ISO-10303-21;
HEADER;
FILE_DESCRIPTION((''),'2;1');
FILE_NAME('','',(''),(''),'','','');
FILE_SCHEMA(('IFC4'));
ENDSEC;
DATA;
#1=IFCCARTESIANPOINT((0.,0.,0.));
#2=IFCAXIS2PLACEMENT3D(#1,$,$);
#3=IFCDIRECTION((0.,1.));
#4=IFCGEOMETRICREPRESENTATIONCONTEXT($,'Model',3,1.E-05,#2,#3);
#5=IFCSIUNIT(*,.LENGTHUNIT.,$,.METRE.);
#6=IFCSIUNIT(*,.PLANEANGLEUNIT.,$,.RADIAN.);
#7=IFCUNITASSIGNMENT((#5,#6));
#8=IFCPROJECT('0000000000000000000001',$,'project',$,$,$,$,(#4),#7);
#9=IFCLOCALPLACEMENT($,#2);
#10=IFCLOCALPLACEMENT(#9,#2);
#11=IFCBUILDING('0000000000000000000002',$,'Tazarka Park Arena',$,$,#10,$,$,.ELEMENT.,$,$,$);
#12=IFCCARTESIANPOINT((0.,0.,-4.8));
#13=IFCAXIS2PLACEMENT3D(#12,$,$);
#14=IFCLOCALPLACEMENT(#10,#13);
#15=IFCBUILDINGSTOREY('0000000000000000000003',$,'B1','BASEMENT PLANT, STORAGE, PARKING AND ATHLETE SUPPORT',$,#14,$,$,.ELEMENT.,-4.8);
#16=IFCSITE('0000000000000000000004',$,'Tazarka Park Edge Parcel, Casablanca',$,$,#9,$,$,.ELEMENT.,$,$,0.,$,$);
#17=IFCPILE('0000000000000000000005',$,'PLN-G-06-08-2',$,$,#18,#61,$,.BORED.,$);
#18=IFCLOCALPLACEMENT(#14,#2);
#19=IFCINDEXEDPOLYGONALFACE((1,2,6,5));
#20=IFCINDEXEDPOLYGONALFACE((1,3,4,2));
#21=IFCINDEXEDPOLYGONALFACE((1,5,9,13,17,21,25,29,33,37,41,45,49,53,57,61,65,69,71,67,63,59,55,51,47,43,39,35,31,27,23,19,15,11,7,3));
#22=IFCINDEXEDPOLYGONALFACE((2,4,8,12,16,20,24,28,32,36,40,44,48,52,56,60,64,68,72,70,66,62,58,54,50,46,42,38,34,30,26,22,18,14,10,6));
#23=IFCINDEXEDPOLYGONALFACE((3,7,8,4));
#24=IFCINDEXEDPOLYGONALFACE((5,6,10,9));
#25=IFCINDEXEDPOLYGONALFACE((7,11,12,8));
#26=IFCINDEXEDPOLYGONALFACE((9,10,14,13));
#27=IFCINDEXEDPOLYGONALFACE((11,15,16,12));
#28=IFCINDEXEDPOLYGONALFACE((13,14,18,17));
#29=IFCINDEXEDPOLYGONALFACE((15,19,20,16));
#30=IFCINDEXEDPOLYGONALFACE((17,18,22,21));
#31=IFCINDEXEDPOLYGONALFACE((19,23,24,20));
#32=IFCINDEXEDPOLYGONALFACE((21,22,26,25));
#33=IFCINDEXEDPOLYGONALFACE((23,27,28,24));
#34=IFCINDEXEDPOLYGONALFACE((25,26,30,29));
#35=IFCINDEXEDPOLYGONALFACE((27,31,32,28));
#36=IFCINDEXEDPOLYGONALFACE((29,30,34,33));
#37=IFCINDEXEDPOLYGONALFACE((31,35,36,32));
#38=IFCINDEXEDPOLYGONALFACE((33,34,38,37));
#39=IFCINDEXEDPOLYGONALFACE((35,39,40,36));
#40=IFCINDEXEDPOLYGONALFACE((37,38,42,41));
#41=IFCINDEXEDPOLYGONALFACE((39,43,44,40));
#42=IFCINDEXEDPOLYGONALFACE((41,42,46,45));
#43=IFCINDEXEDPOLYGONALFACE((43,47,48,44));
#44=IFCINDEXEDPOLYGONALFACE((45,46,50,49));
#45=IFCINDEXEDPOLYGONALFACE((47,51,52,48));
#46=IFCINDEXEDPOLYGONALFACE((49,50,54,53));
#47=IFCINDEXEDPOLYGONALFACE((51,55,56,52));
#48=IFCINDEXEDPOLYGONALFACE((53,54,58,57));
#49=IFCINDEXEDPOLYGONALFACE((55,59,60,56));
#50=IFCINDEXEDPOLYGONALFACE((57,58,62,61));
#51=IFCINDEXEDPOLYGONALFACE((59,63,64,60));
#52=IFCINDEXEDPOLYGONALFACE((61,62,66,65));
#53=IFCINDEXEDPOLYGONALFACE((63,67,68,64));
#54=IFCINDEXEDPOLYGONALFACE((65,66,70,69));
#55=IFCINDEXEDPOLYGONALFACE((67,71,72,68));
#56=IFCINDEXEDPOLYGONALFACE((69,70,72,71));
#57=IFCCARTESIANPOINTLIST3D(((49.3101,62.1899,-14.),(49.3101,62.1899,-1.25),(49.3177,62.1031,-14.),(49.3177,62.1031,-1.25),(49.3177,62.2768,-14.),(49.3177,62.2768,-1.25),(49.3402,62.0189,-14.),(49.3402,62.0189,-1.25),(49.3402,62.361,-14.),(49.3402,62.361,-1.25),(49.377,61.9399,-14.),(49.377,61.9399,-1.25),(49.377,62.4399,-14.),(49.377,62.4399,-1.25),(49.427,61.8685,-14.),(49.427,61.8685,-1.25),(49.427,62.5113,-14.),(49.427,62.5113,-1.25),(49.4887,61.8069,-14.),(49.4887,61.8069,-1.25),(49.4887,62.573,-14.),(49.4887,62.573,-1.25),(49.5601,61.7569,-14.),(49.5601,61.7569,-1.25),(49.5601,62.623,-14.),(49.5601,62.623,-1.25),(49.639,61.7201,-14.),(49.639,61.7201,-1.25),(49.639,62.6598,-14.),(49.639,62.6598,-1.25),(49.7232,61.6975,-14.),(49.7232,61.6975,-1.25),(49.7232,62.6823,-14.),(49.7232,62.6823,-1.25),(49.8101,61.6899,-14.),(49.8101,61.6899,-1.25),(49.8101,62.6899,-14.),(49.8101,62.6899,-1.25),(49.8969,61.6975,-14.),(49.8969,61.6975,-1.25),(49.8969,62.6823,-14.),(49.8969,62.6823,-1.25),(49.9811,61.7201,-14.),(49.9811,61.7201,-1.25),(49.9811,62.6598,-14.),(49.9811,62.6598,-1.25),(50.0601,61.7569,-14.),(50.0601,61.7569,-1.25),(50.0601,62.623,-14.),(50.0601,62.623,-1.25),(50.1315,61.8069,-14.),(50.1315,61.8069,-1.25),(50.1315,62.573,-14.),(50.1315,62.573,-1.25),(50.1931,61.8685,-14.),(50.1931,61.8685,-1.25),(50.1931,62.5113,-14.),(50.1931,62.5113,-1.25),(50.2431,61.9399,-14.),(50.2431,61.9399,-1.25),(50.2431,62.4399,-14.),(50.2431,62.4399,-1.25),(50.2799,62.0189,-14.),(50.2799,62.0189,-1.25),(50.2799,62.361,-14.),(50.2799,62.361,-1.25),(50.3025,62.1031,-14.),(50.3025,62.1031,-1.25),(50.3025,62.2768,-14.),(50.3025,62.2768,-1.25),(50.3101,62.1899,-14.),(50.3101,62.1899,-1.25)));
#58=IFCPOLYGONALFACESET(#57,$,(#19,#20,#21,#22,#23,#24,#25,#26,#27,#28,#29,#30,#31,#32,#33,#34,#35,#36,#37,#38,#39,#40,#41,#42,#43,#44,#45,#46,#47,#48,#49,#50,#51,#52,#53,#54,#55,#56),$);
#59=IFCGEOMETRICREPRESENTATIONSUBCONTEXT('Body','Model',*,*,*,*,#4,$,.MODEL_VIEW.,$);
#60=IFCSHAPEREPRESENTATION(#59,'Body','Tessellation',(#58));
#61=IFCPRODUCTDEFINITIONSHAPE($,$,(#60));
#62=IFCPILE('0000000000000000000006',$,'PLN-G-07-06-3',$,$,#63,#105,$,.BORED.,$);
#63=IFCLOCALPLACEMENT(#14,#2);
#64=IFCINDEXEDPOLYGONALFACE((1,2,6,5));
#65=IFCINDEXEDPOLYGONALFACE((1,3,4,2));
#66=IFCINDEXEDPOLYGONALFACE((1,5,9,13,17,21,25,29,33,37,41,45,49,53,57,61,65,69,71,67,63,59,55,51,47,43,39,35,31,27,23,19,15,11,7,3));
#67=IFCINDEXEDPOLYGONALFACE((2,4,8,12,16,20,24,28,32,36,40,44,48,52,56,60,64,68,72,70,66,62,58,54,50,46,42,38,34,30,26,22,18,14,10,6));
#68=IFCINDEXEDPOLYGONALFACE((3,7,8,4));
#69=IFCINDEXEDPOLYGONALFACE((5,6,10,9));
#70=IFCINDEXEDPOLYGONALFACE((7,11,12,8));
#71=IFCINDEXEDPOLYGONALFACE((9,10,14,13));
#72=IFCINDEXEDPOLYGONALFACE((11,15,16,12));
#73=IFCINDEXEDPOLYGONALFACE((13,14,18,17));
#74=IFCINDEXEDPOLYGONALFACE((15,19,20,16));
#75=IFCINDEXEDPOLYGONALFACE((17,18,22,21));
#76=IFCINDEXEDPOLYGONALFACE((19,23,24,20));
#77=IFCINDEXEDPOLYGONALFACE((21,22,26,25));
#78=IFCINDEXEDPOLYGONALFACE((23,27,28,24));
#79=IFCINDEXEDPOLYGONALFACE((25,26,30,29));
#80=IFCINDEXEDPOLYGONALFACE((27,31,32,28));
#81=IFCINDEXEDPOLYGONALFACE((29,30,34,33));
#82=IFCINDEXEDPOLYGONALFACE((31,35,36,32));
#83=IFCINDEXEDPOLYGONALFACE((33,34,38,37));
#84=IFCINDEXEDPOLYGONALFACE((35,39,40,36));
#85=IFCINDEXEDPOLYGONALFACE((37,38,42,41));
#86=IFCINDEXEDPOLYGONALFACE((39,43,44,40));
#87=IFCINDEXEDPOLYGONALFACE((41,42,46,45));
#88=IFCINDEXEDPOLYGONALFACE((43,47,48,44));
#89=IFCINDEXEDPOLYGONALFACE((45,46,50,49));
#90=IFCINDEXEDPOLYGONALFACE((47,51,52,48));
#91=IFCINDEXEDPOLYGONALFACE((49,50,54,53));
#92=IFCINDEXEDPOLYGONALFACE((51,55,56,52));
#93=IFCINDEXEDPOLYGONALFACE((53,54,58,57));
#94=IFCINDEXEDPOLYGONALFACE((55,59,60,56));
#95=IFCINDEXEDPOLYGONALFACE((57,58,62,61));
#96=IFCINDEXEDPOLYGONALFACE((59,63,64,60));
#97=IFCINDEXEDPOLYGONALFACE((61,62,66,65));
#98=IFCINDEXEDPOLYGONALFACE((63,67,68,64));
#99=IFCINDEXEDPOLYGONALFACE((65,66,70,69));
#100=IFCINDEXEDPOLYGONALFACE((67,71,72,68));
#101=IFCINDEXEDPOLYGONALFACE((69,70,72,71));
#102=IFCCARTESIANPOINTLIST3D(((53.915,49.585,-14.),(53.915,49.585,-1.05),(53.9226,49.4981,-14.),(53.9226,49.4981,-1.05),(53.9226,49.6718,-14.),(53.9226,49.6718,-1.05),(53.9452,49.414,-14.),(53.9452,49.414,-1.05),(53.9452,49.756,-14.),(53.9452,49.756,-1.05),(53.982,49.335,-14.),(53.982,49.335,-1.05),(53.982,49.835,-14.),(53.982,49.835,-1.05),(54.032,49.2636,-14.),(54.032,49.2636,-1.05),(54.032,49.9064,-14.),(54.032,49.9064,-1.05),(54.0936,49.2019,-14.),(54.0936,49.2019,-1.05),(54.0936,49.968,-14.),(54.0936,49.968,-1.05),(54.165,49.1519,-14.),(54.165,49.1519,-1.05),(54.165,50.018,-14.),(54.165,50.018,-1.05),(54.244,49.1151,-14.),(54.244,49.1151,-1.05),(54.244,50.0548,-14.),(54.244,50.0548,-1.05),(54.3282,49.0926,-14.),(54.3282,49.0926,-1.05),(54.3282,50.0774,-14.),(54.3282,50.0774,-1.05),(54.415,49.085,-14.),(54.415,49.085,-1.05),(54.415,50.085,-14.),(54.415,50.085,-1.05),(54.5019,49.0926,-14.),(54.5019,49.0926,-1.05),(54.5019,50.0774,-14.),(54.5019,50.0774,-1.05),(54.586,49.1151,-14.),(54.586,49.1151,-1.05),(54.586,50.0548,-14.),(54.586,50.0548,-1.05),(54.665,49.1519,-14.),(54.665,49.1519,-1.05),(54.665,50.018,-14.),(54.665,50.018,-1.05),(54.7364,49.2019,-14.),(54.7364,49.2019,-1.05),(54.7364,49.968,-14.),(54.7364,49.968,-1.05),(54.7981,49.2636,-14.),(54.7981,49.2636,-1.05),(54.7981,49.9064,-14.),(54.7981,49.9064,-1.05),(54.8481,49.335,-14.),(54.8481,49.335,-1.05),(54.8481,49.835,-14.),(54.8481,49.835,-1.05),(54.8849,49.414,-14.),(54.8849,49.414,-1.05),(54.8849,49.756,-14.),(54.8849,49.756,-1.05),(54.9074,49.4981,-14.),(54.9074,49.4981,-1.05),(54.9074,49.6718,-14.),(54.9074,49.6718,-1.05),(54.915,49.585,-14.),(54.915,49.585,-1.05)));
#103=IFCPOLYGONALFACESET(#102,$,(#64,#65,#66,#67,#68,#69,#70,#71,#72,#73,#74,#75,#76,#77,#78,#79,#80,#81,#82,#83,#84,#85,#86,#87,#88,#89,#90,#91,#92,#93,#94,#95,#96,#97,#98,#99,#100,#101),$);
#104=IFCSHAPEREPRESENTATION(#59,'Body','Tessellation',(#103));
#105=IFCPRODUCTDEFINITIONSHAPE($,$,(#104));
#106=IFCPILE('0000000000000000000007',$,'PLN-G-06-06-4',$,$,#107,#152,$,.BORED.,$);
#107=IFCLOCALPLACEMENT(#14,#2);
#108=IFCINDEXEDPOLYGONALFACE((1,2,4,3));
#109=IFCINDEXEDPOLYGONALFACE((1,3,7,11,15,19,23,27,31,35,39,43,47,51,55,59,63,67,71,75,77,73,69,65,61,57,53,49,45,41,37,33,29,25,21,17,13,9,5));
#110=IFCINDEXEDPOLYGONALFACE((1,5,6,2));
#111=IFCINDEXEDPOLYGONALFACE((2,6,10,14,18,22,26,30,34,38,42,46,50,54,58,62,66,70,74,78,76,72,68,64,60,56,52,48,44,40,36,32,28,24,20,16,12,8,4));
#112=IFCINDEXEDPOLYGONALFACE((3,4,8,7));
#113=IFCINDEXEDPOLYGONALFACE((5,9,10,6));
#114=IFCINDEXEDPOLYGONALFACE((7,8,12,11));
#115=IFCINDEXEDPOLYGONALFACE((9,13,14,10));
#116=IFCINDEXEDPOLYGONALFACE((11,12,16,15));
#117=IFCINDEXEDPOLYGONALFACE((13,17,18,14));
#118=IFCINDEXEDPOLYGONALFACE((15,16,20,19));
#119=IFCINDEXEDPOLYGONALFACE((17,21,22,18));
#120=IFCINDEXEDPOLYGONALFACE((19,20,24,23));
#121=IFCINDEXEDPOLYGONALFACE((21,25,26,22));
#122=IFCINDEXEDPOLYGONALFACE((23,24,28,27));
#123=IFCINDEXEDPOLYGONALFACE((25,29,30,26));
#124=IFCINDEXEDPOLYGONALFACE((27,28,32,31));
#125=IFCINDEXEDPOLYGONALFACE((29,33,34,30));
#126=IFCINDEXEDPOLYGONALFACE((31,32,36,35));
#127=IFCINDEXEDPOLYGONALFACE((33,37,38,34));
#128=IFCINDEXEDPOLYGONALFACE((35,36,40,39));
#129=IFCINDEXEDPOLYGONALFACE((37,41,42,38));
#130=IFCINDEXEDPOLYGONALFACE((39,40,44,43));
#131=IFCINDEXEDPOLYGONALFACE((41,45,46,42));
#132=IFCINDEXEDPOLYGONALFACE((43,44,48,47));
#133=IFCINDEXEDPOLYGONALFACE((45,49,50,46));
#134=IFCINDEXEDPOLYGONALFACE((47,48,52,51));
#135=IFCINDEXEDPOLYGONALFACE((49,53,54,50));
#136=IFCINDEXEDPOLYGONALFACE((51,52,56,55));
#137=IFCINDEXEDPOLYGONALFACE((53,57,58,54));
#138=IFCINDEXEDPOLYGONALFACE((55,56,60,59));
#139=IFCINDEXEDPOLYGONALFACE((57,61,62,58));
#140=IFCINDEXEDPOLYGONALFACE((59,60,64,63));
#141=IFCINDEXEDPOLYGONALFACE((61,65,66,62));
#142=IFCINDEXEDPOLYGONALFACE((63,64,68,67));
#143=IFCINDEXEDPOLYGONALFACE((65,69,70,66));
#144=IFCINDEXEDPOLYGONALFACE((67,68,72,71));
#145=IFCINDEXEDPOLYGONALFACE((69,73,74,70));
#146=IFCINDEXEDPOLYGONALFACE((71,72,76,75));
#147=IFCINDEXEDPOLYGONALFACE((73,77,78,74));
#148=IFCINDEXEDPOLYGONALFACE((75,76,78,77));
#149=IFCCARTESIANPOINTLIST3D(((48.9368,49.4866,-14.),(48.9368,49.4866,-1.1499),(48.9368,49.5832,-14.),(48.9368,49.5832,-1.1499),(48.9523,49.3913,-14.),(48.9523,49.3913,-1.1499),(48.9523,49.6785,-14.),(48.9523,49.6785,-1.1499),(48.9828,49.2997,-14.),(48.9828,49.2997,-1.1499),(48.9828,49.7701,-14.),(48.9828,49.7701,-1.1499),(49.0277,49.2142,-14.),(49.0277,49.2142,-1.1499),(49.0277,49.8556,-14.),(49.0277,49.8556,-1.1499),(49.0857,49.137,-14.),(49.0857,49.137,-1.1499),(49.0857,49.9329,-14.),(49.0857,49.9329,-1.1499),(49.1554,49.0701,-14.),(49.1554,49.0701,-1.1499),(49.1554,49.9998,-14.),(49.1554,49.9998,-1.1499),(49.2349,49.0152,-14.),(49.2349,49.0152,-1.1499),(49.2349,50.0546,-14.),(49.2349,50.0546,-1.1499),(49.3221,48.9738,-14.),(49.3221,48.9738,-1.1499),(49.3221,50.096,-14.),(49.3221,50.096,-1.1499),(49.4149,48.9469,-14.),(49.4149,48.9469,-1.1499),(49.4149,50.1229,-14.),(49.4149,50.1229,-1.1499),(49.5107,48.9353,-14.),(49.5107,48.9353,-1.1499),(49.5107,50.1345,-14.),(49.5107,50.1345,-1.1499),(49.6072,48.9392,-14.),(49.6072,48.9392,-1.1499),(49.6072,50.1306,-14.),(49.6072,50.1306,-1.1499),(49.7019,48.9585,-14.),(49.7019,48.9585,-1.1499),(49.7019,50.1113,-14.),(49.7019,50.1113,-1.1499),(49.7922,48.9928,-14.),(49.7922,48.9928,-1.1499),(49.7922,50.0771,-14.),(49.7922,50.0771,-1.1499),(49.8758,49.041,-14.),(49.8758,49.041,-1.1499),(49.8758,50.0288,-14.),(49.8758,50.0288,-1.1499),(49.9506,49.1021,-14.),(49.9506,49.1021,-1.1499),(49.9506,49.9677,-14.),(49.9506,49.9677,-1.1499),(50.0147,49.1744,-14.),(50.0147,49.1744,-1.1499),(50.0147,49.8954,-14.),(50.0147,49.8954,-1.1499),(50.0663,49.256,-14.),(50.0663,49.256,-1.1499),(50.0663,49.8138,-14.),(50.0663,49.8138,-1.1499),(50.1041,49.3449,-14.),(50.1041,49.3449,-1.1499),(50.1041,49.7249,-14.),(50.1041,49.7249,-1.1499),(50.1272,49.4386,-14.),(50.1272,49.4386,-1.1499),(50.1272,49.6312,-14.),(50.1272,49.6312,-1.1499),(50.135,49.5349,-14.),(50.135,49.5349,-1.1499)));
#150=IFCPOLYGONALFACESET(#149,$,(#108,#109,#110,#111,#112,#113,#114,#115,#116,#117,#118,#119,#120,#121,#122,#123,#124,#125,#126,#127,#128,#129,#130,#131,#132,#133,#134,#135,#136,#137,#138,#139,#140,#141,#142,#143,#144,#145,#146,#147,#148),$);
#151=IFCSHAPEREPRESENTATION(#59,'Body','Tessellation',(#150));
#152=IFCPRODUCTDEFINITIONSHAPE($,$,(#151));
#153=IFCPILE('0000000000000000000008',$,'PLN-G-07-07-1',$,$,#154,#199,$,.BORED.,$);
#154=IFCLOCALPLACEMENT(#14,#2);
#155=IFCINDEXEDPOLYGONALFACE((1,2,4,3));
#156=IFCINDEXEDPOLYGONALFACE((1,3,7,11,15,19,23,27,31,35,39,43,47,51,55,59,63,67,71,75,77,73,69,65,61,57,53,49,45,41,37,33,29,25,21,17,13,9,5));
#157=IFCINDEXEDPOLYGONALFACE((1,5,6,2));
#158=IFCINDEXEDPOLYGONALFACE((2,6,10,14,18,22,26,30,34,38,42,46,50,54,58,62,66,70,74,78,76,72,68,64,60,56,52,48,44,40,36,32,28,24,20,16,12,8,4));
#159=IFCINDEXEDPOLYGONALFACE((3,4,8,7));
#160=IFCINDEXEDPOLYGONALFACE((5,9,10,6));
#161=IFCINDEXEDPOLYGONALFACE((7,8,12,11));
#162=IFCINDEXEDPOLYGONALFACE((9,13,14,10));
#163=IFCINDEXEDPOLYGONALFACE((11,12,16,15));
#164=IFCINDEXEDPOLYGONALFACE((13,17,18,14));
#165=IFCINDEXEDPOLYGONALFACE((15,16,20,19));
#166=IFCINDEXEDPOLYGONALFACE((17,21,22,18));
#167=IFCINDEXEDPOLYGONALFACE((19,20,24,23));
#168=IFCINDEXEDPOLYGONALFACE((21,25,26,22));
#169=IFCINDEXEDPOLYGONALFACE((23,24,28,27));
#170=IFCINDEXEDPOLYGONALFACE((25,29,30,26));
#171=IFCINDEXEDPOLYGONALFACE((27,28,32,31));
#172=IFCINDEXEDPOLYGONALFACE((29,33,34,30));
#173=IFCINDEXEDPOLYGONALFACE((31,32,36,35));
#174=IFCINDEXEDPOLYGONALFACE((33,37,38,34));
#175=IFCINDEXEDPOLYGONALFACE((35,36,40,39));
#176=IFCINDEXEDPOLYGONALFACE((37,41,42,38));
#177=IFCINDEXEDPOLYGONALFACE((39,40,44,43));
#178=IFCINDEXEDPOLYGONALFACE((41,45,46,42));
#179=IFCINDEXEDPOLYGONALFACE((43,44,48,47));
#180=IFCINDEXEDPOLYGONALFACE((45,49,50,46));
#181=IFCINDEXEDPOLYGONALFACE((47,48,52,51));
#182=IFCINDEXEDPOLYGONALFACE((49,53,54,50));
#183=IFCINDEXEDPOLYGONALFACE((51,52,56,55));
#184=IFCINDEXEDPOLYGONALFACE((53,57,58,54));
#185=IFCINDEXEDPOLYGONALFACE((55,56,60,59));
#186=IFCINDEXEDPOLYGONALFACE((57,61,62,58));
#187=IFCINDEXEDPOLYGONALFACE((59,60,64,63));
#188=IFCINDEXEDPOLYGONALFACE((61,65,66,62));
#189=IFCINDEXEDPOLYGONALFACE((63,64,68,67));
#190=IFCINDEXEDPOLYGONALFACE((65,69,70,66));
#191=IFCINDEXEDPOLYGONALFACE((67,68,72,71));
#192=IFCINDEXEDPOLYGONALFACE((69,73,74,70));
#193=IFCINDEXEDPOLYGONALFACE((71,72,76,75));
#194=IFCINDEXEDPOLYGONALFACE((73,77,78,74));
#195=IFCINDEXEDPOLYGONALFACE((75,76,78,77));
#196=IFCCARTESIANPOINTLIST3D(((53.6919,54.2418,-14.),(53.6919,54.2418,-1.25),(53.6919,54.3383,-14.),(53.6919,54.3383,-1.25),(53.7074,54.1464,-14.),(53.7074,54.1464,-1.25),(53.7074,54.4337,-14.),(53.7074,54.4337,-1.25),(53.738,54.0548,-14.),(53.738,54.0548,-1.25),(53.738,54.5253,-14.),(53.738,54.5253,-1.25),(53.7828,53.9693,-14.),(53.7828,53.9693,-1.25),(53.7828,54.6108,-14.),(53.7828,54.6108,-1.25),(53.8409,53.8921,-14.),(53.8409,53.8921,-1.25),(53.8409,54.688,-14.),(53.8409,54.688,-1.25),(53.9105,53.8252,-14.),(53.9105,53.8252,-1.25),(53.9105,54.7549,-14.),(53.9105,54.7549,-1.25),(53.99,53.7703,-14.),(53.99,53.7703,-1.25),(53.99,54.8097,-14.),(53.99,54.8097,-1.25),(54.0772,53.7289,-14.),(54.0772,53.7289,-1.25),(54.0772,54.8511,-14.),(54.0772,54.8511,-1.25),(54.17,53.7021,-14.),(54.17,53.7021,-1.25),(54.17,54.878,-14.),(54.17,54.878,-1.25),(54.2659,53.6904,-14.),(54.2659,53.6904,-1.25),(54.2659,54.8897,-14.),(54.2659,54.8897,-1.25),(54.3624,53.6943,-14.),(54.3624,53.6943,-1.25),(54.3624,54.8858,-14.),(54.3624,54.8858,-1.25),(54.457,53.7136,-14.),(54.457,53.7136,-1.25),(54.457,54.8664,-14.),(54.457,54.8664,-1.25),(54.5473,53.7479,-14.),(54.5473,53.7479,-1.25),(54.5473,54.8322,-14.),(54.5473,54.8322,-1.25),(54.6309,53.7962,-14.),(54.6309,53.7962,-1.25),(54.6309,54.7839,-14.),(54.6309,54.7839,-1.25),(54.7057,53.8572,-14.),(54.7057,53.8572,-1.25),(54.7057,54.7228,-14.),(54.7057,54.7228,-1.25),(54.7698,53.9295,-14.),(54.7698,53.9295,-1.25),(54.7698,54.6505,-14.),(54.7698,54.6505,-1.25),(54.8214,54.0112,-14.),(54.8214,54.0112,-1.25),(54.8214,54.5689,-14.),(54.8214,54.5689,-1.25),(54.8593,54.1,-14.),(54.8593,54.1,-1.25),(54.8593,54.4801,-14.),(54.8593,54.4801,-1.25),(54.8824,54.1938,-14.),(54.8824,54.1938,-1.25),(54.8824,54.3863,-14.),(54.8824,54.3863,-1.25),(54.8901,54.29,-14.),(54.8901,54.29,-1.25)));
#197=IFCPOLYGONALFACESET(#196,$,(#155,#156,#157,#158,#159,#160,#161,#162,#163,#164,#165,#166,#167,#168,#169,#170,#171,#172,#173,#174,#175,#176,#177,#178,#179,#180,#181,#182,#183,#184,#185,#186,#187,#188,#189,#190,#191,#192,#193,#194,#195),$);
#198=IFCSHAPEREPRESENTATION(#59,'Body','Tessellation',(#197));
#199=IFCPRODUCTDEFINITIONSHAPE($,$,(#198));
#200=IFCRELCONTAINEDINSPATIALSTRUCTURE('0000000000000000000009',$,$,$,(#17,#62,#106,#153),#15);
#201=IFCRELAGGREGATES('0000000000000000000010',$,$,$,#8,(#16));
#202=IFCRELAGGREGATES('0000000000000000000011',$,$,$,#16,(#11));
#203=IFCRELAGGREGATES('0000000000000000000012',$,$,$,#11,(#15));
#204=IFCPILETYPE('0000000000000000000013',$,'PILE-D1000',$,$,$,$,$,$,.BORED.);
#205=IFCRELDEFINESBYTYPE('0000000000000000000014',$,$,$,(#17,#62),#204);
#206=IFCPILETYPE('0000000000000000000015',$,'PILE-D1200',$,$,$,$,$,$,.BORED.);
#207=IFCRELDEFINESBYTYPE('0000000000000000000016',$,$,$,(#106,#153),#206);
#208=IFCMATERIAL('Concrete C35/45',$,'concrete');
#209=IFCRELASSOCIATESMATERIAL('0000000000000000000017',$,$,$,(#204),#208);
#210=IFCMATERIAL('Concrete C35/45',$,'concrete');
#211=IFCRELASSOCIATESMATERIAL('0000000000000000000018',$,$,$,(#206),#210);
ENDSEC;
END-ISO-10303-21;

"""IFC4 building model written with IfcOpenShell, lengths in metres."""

from ifc_helpers import new_model, si_unit, direction, frame, origin, origin_2d, place, context, subcontext, project, spatial, circle, extrude, material, material_profile, profile_set, type_object, element, save


model = new_model("IFC4")

# Units and contexts
model_context = context("Model", 3, precision=1e-05, world=origin(), true_north=direction((0.0, 1.0)))
body_context = subcontext(model_context, "Body", "Model", "MODEL_VIEW")
ifc_project = project(units=[si_unit("LENGTHUNIT", "METRE"), si_unit("PLANEANGLEUNIT", "RADIAN")], contexts=[model_context])

# Site, building, storey
site_placement = place(None, origin())
site = spatial("IfcSite", under=ifc_project, at=site_placement, Name="Tazarka Park Edge Parcel, Casablanca", CompositionType="ELEMENT", RefElevation=0.0)
building_placement = place(site_placement, origin())
building = spatial("IfcBuilding", under=site, at=building_placement, Name="Tazarka Park Arena", CompositionType="ELEMENT")
storey_placement = place(building_placement, frame((0.0, 0.0, -4.8)))
storey = spatial("IfcBuildingStorey", under=building, at=storey_placement, Name="B1", Description="BASEMENT PLANT, STORAGE, PARKING AND ATHLETE SUPPORT", CompositionType="ELEMENT", Elevation=-4.8)

# Piles
ifc_material_1 = material(Name="Concrete C35/45", Category="concrete")
ifc_material_profile_1 = material_profile(ifc_material_1, circle(Radius=0.5, at=origin_2d()), Name="Concrete C35/45")
ifc_profile_set_1 = profile_set([ifc_material_profile_1], Name="Concrete C35/45")
pile_type_1 = type_object("IfcPileType", Name="PILE-D1000", PredefinedType="BORED", material=ifc_profile_set_1)
pile_1_placement = place(storey_placement, frame((49.8101, 62.1899, -1.25), z_axis=(0.0, 0.0, -1.0), x_axis=(1.0, 0.0, 0.0)))
element("IfcPile", 1, at=pile_1_placement, inside=storey, type_object=pile_type_1, Name="PLN-G-06-08-2", PredefinedType="BORED", context=body_context, shape_type="SweptSolid", body=[
    extrude(circle(Radius=0.5, at=origin_2d()), origin(), (0.0, 0.0, 1.0), 12.75),
])
pile_2_placement = place(storey_placement, frame((54.415, 49.585, -1.05), z_axis=(0.0, 0.0, -1.0), x_axis=(1.0, 0.0, 0.0)))
element("IfcPile", 2, at=pile_2_placement, inside=storey, type_object=pile_type_1, Name="PLN-G-07-06-3", PredefinedType="BORED", context=body_context, shape_type="SweptSolid", body=[
    extrude(circle(Radius=0.5, at=origin_2d()), origin(), (0.0, 0.0, 1.0), 12.95),
])
ifc_material_2 = material(Name="Concrete C35/45", Category="concrete")
ifc_material_profile_2 = material_profile(ifc_material_2, circle(Radius=0.6001, at=origin_2d()), Name="Concrete C35/45")
ifc_profile_set_2 = profile_set([ifc_material_profile_2], Name="Concrete C35/45")
pile_type_2 = type_object("IfcPileType", Name="PILE-D1200", PredefinedType="BORED", material=ifc_profile_set_2)
pile_3_placement = place(storey_placement, frame((49.5349, 49.5349, -1.1499), z_axis=(0.0, 0.0, -1.0), x_axis=(1.0, 0.0, 0.0)))
element("IfcPile", 3, at=pile_3_placement, inside=storey, type_object=pile_type_2, Name="PLN-G-06-06-4", PredefinedType="BORED", context=body_context, shape_type="SweptSolid", body=[
    extrude(circle(Radius=0.6001, at=origin_2d()), origin(), (0.0, 0.0, 1.0), 12.8501),
])
for number, where, z_axis, x_axis, name in (
    (4, (54.29, 54.29, -1.25), (0.0, 0.0, -1.0), (1.0, 0.0, 0.0), "PLN-G-07-07-1"),
):
    element("IfcPile", number, at=place(storey_placement, frame(where, z_axis=z_axis, x_axis=x_axis)), inside=storey, type_object=pile_type_2, Name=name, PredefinedType="BORED", context=body_context, shape_type="SweptSolid", body=[
        extrude(circle(Radius=0.6001, at=origin_2d()), origin(), (0.0, 0.0, 1.0), 12.75),
    ])

save(model, "model.ifc")
